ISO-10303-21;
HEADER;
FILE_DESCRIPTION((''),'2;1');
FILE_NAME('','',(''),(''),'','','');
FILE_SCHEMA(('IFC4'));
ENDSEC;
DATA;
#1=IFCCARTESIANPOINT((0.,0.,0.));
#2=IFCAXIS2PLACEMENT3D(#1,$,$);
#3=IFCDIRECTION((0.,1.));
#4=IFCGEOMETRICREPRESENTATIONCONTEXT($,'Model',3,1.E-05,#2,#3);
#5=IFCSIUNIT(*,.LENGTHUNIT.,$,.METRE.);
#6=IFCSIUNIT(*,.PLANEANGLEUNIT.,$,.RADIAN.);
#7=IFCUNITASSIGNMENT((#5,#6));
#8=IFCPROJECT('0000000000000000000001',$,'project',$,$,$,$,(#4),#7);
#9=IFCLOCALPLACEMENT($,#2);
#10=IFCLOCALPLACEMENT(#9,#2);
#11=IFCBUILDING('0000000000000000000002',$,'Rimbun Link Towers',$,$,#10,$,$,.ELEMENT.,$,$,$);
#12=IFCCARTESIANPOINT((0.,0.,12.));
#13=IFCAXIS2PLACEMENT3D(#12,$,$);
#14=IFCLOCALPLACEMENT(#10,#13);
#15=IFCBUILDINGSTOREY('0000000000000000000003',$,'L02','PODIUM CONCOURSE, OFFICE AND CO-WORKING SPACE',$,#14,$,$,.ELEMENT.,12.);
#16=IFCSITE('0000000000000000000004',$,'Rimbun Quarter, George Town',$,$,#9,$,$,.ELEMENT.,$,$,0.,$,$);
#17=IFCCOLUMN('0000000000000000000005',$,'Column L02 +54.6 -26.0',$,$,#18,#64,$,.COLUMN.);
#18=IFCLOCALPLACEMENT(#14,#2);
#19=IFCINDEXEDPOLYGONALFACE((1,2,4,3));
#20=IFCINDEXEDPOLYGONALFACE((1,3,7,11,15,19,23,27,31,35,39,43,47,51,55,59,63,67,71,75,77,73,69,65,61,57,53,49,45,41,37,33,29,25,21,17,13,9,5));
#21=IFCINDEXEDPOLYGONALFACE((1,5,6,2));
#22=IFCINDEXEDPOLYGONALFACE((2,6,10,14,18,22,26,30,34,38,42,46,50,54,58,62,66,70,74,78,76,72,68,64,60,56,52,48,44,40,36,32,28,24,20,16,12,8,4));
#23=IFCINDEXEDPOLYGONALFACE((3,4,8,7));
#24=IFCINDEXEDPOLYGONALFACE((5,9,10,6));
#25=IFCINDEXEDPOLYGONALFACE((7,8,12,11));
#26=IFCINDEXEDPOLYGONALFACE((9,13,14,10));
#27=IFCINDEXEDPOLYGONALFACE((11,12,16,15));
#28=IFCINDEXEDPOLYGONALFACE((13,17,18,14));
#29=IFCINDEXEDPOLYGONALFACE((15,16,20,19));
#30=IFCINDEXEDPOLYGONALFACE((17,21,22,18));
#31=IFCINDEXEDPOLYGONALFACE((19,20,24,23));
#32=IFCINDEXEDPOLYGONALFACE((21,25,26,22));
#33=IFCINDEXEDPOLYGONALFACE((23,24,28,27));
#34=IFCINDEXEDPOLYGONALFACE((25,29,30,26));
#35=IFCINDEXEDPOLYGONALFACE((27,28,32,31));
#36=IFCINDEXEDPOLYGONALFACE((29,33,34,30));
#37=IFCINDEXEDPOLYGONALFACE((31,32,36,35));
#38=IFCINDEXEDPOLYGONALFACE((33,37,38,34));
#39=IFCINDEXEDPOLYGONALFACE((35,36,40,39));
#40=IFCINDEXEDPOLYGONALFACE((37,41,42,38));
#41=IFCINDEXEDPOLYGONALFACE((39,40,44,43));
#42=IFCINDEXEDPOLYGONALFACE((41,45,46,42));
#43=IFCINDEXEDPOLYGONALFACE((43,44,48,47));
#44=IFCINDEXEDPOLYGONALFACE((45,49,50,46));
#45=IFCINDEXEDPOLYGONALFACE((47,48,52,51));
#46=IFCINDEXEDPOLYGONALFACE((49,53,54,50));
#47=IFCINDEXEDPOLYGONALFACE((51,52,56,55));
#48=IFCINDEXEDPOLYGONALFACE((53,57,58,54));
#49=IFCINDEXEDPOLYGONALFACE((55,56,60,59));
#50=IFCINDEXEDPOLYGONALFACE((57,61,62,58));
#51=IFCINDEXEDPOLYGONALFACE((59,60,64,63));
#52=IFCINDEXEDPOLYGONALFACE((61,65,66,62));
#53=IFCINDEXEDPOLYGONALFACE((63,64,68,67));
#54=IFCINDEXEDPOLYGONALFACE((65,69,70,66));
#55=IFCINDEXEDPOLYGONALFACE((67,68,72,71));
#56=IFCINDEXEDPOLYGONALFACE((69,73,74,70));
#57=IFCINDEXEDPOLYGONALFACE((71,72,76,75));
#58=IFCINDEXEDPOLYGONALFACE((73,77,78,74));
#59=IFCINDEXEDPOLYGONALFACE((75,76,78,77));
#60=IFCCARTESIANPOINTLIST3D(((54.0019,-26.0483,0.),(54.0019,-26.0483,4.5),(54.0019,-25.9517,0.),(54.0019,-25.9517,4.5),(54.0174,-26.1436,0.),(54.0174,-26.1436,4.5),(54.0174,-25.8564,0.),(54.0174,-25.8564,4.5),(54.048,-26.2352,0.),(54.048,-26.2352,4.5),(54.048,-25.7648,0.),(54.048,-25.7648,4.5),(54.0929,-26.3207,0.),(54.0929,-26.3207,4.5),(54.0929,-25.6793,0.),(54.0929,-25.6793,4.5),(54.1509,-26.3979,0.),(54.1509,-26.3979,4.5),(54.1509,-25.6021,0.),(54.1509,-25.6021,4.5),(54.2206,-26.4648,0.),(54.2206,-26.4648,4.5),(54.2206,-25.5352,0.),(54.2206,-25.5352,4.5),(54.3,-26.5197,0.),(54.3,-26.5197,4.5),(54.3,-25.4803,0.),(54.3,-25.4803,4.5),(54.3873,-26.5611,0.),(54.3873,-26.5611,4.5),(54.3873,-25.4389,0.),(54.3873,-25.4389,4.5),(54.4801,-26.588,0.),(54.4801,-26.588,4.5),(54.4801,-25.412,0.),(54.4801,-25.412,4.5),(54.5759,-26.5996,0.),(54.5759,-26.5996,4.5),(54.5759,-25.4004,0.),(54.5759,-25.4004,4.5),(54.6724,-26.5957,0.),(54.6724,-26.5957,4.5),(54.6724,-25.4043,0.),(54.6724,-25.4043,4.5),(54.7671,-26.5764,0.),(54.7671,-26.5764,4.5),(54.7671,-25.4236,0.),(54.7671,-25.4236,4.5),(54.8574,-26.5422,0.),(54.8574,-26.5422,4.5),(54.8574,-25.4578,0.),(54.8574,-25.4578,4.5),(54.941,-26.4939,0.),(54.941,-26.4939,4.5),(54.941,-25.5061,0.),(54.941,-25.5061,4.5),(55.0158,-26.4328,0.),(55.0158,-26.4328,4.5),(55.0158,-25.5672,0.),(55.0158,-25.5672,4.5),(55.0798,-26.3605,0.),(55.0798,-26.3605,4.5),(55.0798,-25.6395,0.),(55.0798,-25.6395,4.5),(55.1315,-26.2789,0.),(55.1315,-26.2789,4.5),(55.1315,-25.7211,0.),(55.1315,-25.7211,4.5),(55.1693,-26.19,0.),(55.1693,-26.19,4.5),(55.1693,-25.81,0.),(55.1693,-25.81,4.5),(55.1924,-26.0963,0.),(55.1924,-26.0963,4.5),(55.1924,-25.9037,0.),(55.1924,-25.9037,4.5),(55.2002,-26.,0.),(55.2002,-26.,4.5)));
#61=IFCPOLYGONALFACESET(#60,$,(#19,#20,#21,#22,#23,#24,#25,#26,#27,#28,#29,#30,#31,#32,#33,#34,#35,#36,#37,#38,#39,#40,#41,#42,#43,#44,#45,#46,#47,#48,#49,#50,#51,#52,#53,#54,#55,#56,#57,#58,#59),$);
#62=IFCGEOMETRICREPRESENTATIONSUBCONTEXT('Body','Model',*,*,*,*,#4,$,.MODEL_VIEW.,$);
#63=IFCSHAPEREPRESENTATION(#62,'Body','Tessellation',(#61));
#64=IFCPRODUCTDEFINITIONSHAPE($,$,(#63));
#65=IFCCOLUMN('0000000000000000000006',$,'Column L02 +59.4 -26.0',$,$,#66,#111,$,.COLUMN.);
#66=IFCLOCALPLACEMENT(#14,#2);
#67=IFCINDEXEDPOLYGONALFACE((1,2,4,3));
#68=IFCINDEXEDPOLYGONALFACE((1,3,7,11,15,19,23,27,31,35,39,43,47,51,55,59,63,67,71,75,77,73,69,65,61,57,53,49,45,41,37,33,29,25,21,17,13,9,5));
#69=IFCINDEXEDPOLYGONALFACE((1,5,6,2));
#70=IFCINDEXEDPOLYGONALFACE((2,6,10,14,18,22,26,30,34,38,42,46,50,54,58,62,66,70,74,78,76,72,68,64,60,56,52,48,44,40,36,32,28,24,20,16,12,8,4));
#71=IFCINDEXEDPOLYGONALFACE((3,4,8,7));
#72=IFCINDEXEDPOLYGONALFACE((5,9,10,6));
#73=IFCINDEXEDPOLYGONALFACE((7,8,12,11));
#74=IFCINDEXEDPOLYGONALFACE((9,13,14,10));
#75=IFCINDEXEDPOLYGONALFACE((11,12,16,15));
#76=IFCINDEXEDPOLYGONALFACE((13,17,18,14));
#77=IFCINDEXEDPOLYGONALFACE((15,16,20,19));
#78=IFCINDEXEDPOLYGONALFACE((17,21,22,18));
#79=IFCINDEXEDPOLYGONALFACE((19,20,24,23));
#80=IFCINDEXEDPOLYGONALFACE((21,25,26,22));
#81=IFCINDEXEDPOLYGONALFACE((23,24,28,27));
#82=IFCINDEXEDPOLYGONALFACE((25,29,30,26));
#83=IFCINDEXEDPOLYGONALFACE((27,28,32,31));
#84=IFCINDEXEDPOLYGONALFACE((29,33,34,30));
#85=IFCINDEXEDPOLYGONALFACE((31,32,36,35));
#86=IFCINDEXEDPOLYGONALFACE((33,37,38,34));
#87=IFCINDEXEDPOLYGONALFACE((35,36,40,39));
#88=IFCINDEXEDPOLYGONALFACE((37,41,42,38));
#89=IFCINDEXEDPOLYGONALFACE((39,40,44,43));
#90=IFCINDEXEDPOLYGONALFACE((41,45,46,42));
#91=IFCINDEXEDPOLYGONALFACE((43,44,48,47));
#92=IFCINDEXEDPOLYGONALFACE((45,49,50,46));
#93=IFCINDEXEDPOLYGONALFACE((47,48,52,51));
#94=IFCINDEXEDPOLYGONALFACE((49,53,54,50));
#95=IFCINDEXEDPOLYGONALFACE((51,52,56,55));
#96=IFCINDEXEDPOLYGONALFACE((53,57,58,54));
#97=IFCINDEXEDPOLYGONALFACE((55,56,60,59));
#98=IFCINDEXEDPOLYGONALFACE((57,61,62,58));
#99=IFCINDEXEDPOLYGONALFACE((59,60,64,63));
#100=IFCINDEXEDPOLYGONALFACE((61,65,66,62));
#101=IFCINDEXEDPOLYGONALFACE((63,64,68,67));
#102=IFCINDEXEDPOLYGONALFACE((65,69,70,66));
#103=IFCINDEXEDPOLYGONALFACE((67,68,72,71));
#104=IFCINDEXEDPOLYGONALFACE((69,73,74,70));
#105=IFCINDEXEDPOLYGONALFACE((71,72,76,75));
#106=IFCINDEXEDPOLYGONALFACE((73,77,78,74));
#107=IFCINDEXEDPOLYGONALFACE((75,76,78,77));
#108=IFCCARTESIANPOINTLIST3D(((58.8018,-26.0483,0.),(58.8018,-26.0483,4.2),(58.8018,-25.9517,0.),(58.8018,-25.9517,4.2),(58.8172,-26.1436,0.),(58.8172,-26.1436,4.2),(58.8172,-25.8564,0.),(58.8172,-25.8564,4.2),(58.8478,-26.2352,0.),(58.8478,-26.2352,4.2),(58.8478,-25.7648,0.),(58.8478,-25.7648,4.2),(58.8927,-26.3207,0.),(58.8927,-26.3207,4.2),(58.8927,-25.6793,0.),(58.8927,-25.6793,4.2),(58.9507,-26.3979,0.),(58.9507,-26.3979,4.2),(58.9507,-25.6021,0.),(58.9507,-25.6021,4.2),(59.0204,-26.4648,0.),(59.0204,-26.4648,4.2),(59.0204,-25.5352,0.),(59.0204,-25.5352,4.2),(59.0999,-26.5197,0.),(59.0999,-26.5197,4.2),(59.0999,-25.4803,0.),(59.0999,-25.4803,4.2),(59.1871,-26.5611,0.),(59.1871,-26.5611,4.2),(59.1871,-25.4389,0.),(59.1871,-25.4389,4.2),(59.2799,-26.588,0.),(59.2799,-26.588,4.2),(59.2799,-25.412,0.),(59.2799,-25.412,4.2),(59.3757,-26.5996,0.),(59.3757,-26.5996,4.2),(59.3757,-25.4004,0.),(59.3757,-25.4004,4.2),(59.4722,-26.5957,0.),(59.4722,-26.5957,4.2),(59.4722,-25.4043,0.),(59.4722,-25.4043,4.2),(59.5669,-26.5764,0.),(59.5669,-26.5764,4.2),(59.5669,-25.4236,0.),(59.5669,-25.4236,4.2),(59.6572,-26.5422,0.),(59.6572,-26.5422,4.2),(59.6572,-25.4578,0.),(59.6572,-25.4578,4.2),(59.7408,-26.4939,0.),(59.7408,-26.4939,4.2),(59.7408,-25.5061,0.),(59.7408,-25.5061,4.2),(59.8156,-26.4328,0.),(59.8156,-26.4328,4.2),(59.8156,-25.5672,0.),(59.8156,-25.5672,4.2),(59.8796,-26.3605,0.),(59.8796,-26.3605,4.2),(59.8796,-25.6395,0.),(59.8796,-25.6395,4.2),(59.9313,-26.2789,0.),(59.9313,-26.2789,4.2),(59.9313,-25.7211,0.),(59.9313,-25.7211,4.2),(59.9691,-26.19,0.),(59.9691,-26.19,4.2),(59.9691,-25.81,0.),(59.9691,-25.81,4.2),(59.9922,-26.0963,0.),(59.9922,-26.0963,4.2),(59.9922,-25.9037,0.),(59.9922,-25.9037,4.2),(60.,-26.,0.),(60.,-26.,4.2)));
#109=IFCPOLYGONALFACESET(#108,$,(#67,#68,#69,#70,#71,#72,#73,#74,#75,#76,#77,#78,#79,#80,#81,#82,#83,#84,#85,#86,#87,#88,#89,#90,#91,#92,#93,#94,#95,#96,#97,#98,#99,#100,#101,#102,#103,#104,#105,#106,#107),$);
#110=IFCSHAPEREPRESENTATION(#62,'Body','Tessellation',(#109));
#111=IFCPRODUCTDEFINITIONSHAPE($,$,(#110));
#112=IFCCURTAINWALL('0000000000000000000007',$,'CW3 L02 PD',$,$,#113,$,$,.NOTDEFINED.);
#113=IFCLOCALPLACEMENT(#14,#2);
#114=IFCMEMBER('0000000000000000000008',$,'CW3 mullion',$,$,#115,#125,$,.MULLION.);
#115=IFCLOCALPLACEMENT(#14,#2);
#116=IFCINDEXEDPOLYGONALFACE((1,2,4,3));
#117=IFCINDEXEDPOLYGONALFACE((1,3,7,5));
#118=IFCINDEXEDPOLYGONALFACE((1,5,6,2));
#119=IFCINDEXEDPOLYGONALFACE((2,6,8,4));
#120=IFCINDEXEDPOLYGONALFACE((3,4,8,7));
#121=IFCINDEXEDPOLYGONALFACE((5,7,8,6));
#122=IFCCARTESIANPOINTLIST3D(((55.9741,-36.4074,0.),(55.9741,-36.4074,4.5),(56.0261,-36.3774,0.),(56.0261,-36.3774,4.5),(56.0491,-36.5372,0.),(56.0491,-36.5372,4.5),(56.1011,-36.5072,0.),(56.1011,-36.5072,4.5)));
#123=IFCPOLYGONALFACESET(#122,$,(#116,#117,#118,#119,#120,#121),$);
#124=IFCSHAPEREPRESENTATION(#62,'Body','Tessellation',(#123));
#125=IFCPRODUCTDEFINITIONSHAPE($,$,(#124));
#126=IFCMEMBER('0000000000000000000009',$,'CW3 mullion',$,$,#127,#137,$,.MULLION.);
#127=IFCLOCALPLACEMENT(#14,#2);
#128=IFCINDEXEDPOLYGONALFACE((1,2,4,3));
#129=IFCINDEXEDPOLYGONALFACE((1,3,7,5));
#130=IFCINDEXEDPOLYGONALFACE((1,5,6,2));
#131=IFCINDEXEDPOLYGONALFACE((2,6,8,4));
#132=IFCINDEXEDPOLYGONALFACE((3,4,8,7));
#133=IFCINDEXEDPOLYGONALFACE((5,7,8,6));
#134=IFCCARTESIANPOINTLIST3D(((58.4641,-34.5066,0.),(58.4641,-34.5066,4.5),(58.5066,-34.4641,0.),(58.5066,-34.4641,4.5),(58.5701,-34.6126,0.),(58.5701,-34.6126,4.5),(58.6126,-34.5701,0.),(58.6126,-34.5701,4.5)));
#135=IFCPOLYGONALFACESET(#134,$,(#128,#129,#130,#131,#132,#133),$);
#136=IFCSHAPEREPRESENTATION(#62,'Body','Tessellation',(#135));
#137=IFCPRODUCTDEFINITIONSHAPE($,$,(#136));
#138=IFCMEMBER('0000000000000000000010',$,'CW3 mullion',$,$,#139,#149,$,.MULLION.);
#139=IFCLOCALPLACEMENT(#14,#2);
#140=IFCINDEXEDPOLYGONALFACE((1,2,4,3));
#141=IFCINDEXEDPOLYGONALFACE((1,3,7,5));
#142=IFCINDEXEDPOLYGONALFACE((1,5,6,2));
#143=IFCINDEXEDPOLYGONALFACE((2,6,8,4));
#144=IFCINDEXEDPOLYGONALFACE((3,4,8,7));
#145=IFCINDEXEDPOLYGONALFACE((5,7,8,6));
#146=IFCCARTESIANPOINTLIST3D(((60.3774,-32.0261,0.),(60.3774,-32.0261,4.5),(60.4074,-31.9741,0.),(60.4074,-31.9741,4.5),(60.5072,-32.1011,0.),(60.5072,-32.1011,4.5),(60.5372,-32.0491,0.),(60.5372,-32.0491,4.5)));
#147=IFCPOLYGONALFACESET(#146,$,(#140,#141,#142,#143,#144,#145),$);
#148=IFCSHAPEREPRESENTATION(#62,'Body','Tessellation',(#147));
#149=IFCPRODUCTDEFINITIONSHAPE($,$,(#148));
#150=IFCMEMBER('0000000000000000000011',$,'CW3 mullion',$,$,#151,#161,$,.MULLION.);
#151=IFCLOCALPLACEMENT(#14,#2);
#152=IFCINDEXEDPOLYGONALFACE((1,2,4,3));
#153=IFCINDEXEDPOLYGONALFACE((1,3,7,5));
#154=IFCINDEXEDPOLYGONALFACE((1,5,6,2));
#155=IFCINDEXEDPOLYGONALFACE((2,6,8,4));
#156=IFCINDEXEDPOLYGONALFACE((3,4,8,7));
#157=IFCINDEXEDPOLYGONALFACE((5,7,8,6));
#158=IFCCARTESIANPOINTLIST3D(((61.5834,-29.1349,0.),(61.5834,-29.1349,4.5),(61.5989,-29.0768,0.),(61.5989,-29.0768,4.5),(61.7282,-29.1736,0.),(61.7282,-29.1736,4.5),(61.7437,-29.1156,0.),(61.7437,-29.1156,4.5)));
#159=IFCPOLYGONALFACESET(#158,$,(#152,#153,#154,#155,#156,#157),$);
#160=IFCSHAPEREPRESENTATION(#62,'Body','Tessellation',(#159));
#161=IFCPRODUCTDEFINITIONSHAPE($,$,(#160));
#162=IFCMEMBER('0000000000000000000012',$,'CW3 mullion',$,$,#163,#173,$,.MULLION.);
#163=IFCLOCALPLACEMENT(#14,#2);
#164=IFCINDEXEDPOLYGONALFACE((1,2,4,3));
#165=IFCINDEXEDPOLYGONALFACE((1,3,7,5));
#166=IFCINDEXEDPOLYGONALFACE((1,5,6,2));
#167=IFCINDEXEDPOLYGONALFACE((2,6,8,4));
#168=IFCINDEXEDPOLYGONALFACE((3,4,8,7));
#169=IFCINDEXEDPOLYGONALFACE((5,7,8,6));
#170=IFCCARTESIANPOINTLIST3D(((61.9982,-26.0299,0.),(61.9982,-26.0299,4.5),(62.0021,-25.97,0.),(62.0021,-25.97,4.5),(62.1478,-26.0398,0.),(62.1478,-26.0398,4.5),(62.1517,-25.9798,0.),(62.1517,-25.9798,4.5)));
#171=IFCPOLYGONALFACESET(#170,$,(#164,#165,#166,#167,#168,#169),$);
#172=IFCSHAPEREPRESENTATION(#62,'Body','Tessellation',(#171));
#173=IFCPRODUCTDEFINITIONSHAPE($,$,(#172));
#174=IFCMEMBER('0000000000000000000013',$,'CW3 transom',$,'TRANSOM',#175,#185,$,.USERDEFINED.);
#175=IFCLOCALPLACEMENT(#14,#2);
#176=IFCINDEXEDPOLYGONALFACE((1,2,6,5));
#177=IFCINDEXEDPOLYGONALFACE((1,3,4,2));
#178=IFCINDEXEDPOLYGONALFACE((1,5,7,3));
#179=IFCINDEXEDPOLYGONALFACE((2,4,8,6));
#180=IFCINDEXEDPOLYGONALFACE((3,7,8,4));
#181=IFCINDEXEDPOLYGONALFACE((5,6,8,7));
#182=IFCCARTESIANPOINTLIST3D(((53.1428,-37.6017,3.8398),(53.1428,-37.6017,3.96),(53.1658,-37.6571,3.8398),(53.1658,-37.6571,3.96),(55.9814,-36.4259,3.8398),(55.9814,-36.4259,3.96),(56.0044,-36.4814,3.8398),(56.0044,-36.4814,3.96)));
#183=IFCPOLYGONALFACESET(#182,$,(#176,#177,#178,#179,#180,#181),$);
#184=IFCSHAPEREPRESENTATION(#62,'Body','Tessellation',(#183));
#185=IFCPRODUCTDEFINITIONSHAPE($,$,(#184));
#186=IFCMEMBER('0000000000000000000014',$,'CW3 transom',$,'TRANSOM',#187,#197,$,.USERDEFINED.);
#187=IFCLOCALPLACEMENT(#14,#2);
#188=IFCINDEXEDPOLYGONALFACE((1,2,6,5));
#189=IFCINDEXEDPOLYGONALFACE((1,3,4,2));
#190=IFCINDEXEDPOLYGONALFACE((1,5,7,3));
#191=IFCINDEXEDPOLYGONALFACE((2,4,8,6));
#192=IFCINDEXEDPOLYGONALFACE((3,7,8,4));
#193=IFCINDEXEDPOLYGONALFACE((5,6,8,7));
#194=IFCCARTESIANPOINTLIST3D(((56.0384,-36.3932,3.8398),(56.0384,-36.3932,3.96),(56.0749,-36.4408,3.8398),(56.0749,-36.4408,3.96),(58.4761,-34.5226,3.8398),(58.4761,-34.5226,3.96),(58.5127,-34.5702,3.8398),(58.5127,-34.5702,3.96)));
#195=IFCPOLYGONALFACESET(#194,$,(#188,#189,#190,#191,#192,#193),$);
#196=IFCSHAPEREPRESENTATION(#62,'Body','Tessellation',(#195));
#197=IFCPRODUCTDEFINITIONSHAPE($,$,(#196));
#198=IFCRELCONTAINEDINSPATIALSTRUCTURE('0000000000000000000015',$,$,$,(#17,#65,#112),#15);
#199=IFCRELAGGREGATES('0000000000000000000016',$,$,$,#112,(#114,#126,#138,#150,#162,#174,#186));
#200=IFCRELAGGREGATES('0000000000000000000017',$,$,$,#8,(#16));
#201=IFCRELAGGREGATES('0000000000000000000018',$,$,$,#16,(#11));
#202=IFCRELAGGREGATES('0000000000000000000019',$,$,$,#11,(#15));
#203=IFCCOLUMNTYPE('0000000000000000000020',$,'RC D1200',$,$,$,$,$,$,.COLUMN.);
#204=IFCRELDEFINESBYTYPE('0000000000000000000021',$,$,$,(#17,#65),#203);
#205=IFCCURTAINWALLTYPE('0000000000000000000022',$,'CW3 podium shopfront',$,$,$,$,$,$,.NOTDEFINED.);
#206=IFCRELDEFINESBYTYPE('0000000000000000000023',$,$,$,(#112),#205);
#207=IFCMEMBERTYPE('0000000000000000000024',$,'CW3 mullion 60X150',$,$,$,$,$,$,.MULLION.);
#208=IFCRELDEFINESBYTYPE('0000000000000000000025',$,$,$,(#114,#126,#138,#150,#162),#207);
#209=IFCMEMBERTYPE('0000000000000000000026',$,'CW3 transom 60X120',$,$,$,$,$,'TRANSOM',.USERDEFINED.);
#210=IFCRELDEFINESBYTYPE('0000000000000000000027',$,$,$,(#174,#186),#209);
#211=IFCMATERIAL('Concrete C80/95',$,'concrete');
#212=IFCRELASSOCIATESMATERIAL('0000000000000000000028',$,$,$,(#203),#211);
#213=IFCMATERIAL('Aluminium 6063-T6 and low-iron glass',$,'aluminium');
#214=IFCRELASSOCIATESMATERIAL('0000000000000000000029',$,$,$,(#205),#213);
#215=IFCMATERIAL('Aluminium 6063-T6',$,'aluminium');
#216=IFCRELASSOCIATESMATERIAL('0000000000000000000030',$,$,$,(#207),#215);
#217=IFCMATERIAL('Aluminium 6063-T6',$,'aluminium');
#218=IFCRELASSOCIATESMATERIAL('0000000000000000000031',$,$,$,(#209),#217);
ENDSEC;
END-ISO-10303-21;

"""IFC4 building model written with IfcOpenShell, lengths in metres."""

from ifc_helpers import new_model, si_unit, direction, frame, origin, origin_2d, place, context, subcontext, project, spatial, rectangle, circle, extrude, material, material_profile, profile_set, type_object, element, aggregate, save


model = new_model("IFC4")

# Units and contexts
model_context = context("Model", 3, precision=1e-05, world=origin(), true_north=direction((0.0, 1.0)))
body_context = subcontext(model_context, "Body", "Model", "MODEL_VIEW")
ifc_project = project(units=[si_unit("LENGTHUNIT", "METRE"), si_unit("PLANEANGLEUNIT", "RADIAN")], contexts=[model_context])

# Site, building, storey
site_placement = place(None, origin())
site = spatial("IfcSite", under=ifc_project, at=site_placement, Name="Rimbun Quarter, George Town", CompositionType="ELEMENT", RefElevation=0.0)
building_placement = place(site_placement, origin())
building = spatial("IfcBuilding", under=site, at=building_placement, Name="Rimbun Link Towers", CompositionType="ELEMENT")
storey_placement = place(building_placement, frame((0.0, 0.0, 12.0)))
storey = spatial("IfcBuildingStorey", under=building, at=storey_placement, Name="L02", Description="PODIUM CONCOURSE, OFFICE AND CO-WORKING SPACE", CompositionType="ELEMENT", Elevation=12.0)

# Columns
ifc_material_1 = material(Name="Concrete C80/95", Category="concrete")
ifc_material_profile_1 = material_profile(ifc_material_1, circle(Radius=0.6001, at=origin_2d()), Name="RC D1200")
ifc_profile_set_1 = profile_set([ifc_material_profile_1], Name="Concrete C80/95")
column_type = type_object("IfcColumnType", Name="RC D1200", PredefinedType="COLUMN", material=ifc_profile_set_1)
column_1_placement = place(storey_placement, frame((54.6001, -26.0, 0.0), z_axis=(0.0, 0.0, 1.0), x_axis=(1.0, 0.0, 0.0)))
element("IfcColumn", 1, at=column_1_placement, inside=storey, type_object=column_type, Name="Column L02 +54.6 -26.0", PredefinedType="COLUMN", context=body_context, shape_type="SweptSolid", body=[
    extrude(circle(Radius=0.6001, at=origin_2d()), origin(), (0.0, 0.0, 1.0), 4.5),
])
column_2_placement = place(storey_placement, frame((59.3999, -26.0, 0.0), z_axis=(0.0, 0.0, 1.0), x_axis=(1.0, 0.0, 0.0)))
element("IfcColumn", 2, at=column_2_placement, inside=storey, type_object=column_type, Name="Column L02 +59.4 -26.0", PredefinedType="COLUMN", context=body_context, shape_type="SweptSolid", body=[
    extrude(circle(Radius=0.6001, at=origin_2d()), origin(), (0.0, 0.0, 1.0), 4.2),
])

# Curtain wall, members
ifc_material_2 = material(Name="Aluminium 6063-T6 and low-iron glass", Category="aluminium")
curtain_wall_type = type_object("IfcCurtainWallType", Name="CW3 podium shopfront", PredefinedType="NOTDEFINED", material=ifc_material_2)
curtain_wall_placement = place(storey_placement, origin())
curtain_wall = element("IfcCurtainWall", 3, at=curtain_wall_placement, inside=storey, type_object=curtain_wall_type, Name="CW3 L02 PD", PredefinedType="NOTDEFINED")
ifc_material_3 = material(Name="Aluminium 6063-T6", Category="aluminium")
ifc_material_profile_2 = material_profile(ifc_material_3, rectangle(XDim=0.1499, YDim=0.0601, at=origin_2d()), Name="MULLION 60X150")
ifc_profile_set_2 = profile_set([ifc_material_profile_2], Name="Aluminium 6063-T6")
member_type_1 = type_object("IfcMemberType", Name="CW3 mullion 60X150", PredefinedType="MULLION", material=ifc_profile_set_2)
member_1_placement = place(storey_placement, frame((56.0376, -36.4573, 0.0), z_axis=(0.0, 0.0, 1.0), x_axis=(0.499994, -0.866029, 0.0)))
member_1 = element("IfcMember", 4, at=member_1_placement, type_object=member_type_1, Name="CW3 mullion", PredefinedType="MULLION", context=body_context, shape_type="SweptSolid", body=[
    extrude(rectangle(XDim=0.1499, YDim=0.0601, at=origin_2d()), origin(), (0.0, 0.0, 1.0), 4.5),
])
member_2_placement = place(storey_placement, frame((58.5383, -34.5383, 0.0), z_axis=(0.0, 0.0, 1.0), x_axis=(0.707107, -0.707107, 0.0)))
member_2 = element("IfcMember", 5, at=member_2_placement, type_object=member_type_1, Name="CW3 mullion", PredefinedType="MULLION", context=body_context, shape_type="SweptSolid", body=[
    extrude(rectangle(XDim=0.1499, YDim=0.0601, at=origin_2d()), origin(), (0.0, 0.0, 1.0), 4.5),
])
member_3_placement = place(storey_placement, frame((60.4573, -32.0376, 0.0), z_axis=(0.0, 0.0, 1.0), x_axis=(0.866029, -0.499994, 0.0)))
member_3 = element("IfcMember", 6, at=member_3_placement, type_object=member_type_1, Name="CW3 mullion", PredefinedType="MULLION", context=body_context, shape_type="SweptSolid", body=[
    extrude(rectangle(XDim=0.1499, YDim=0.0601, at=origin_2d()), origin(), (0.0, 0.0, 1.0), 4.5),
])
member_4_placement = place(storey_placement, frame((61.6636, -29.1252, 0.0), z_axis=(0.0, 0.0, 1.0), x_axis=(0.965926, -0.258819, 0.0)))
member_4 = element("IfcMember", 7, at=member_4_placement, type_object=member_type_1, Name="CW3 mullion", PredefinedType="MULLION", context=body_context, shape_type="SweptSolid", body=[
    extrude(rectangle(XDim=0.1499, YDim=0.0601, at=origin_2d()), origin(), (0.0, 0.0, 1.0), 4.5),
])
member_5_placement = place(storey_placement, frame((62.075, -26.0049, 0.0), z_axis=(0.0, 0.0, 1.0), x_axis=(0.997859, -0.065405, 0.0)))
member_5 = element("IfcMember", 8, at=member_5_placement, type_object=member_type_1, Name="CW3 mullion", PredefinedType="MULLION", context=body_context, shape_type="SweptSolid", body=[
    extrude(rectangle(XDim=0.1499, YDim=0.0601, at=origin_2d()), origin(), (0.0, 0.0, 1.0), 4.5),
])
ifc_material_4 = material(Name="Aluminium 6063-T6", Category="aluminium")
ifc_material_profile_3 = material_profile(ifc_material_4, rectangle(XDim=0.0601, YDim=0.1201, at=origin_2d()), Name="TRANSOM 60X120")
ifc_profile_set_3 = profile_set([ifc_material_profile_3], Name="Aluminium 6063-T6")
member_type_2 = type_object("IfcMemberType", Name="CW3 transom 60X120", ElementType="TRANSOM", PredefinedType="USERDEFINED", material=ifc_profile_set_3)
member_6_placement = place(storey_placement, frame((55.9929, -36.4536, 3.8999), z_axis=(-0.923881, -0.382679, 0.0), x_axis=(0.382679, -0.923881, 0.0)))
member_6 = element("IfcMember", 9, at=member_6_placement, type_object=member_type_2, Name="CW3 transom", ObjectType="TRANSOM", PredefinedType="USERDEFINED", context=body_context, shape_type="SweptSolid", body=[
    extrude(rectangle(XDim=0.0601, YDim=0.1201, at=origin_2d()), origin(), (0.0, 0.0, 1.0), 3.0725),
])
member_7_placement = place(storey_placement, frame((58.4944, -34.5464, 3.8999), z_axis=(-0.793344, -0.608773, 0.0), x_axis=(0.608773, -0.793344, 0.0)))
member_7 = element("IfcMember", 10, at=member_7_placement, type_object=member_type_2, Name="CW3 transom", ObjectType="TRANSOM", PredefinedType="USERDEFINED", context=body_context, shape_type="SweptSolid", body=[
    extrude(rectangle(XDim=0.0601, YDim=0.1201, at=origin_2d()), origin(), (0.0, 0.0, 1.0), 3.0728),
])

aggregate(curtain_wall, [member_1, member_2, member_3, member_4, member_5, member_6, member_7])

save(model, "model.ifc")
